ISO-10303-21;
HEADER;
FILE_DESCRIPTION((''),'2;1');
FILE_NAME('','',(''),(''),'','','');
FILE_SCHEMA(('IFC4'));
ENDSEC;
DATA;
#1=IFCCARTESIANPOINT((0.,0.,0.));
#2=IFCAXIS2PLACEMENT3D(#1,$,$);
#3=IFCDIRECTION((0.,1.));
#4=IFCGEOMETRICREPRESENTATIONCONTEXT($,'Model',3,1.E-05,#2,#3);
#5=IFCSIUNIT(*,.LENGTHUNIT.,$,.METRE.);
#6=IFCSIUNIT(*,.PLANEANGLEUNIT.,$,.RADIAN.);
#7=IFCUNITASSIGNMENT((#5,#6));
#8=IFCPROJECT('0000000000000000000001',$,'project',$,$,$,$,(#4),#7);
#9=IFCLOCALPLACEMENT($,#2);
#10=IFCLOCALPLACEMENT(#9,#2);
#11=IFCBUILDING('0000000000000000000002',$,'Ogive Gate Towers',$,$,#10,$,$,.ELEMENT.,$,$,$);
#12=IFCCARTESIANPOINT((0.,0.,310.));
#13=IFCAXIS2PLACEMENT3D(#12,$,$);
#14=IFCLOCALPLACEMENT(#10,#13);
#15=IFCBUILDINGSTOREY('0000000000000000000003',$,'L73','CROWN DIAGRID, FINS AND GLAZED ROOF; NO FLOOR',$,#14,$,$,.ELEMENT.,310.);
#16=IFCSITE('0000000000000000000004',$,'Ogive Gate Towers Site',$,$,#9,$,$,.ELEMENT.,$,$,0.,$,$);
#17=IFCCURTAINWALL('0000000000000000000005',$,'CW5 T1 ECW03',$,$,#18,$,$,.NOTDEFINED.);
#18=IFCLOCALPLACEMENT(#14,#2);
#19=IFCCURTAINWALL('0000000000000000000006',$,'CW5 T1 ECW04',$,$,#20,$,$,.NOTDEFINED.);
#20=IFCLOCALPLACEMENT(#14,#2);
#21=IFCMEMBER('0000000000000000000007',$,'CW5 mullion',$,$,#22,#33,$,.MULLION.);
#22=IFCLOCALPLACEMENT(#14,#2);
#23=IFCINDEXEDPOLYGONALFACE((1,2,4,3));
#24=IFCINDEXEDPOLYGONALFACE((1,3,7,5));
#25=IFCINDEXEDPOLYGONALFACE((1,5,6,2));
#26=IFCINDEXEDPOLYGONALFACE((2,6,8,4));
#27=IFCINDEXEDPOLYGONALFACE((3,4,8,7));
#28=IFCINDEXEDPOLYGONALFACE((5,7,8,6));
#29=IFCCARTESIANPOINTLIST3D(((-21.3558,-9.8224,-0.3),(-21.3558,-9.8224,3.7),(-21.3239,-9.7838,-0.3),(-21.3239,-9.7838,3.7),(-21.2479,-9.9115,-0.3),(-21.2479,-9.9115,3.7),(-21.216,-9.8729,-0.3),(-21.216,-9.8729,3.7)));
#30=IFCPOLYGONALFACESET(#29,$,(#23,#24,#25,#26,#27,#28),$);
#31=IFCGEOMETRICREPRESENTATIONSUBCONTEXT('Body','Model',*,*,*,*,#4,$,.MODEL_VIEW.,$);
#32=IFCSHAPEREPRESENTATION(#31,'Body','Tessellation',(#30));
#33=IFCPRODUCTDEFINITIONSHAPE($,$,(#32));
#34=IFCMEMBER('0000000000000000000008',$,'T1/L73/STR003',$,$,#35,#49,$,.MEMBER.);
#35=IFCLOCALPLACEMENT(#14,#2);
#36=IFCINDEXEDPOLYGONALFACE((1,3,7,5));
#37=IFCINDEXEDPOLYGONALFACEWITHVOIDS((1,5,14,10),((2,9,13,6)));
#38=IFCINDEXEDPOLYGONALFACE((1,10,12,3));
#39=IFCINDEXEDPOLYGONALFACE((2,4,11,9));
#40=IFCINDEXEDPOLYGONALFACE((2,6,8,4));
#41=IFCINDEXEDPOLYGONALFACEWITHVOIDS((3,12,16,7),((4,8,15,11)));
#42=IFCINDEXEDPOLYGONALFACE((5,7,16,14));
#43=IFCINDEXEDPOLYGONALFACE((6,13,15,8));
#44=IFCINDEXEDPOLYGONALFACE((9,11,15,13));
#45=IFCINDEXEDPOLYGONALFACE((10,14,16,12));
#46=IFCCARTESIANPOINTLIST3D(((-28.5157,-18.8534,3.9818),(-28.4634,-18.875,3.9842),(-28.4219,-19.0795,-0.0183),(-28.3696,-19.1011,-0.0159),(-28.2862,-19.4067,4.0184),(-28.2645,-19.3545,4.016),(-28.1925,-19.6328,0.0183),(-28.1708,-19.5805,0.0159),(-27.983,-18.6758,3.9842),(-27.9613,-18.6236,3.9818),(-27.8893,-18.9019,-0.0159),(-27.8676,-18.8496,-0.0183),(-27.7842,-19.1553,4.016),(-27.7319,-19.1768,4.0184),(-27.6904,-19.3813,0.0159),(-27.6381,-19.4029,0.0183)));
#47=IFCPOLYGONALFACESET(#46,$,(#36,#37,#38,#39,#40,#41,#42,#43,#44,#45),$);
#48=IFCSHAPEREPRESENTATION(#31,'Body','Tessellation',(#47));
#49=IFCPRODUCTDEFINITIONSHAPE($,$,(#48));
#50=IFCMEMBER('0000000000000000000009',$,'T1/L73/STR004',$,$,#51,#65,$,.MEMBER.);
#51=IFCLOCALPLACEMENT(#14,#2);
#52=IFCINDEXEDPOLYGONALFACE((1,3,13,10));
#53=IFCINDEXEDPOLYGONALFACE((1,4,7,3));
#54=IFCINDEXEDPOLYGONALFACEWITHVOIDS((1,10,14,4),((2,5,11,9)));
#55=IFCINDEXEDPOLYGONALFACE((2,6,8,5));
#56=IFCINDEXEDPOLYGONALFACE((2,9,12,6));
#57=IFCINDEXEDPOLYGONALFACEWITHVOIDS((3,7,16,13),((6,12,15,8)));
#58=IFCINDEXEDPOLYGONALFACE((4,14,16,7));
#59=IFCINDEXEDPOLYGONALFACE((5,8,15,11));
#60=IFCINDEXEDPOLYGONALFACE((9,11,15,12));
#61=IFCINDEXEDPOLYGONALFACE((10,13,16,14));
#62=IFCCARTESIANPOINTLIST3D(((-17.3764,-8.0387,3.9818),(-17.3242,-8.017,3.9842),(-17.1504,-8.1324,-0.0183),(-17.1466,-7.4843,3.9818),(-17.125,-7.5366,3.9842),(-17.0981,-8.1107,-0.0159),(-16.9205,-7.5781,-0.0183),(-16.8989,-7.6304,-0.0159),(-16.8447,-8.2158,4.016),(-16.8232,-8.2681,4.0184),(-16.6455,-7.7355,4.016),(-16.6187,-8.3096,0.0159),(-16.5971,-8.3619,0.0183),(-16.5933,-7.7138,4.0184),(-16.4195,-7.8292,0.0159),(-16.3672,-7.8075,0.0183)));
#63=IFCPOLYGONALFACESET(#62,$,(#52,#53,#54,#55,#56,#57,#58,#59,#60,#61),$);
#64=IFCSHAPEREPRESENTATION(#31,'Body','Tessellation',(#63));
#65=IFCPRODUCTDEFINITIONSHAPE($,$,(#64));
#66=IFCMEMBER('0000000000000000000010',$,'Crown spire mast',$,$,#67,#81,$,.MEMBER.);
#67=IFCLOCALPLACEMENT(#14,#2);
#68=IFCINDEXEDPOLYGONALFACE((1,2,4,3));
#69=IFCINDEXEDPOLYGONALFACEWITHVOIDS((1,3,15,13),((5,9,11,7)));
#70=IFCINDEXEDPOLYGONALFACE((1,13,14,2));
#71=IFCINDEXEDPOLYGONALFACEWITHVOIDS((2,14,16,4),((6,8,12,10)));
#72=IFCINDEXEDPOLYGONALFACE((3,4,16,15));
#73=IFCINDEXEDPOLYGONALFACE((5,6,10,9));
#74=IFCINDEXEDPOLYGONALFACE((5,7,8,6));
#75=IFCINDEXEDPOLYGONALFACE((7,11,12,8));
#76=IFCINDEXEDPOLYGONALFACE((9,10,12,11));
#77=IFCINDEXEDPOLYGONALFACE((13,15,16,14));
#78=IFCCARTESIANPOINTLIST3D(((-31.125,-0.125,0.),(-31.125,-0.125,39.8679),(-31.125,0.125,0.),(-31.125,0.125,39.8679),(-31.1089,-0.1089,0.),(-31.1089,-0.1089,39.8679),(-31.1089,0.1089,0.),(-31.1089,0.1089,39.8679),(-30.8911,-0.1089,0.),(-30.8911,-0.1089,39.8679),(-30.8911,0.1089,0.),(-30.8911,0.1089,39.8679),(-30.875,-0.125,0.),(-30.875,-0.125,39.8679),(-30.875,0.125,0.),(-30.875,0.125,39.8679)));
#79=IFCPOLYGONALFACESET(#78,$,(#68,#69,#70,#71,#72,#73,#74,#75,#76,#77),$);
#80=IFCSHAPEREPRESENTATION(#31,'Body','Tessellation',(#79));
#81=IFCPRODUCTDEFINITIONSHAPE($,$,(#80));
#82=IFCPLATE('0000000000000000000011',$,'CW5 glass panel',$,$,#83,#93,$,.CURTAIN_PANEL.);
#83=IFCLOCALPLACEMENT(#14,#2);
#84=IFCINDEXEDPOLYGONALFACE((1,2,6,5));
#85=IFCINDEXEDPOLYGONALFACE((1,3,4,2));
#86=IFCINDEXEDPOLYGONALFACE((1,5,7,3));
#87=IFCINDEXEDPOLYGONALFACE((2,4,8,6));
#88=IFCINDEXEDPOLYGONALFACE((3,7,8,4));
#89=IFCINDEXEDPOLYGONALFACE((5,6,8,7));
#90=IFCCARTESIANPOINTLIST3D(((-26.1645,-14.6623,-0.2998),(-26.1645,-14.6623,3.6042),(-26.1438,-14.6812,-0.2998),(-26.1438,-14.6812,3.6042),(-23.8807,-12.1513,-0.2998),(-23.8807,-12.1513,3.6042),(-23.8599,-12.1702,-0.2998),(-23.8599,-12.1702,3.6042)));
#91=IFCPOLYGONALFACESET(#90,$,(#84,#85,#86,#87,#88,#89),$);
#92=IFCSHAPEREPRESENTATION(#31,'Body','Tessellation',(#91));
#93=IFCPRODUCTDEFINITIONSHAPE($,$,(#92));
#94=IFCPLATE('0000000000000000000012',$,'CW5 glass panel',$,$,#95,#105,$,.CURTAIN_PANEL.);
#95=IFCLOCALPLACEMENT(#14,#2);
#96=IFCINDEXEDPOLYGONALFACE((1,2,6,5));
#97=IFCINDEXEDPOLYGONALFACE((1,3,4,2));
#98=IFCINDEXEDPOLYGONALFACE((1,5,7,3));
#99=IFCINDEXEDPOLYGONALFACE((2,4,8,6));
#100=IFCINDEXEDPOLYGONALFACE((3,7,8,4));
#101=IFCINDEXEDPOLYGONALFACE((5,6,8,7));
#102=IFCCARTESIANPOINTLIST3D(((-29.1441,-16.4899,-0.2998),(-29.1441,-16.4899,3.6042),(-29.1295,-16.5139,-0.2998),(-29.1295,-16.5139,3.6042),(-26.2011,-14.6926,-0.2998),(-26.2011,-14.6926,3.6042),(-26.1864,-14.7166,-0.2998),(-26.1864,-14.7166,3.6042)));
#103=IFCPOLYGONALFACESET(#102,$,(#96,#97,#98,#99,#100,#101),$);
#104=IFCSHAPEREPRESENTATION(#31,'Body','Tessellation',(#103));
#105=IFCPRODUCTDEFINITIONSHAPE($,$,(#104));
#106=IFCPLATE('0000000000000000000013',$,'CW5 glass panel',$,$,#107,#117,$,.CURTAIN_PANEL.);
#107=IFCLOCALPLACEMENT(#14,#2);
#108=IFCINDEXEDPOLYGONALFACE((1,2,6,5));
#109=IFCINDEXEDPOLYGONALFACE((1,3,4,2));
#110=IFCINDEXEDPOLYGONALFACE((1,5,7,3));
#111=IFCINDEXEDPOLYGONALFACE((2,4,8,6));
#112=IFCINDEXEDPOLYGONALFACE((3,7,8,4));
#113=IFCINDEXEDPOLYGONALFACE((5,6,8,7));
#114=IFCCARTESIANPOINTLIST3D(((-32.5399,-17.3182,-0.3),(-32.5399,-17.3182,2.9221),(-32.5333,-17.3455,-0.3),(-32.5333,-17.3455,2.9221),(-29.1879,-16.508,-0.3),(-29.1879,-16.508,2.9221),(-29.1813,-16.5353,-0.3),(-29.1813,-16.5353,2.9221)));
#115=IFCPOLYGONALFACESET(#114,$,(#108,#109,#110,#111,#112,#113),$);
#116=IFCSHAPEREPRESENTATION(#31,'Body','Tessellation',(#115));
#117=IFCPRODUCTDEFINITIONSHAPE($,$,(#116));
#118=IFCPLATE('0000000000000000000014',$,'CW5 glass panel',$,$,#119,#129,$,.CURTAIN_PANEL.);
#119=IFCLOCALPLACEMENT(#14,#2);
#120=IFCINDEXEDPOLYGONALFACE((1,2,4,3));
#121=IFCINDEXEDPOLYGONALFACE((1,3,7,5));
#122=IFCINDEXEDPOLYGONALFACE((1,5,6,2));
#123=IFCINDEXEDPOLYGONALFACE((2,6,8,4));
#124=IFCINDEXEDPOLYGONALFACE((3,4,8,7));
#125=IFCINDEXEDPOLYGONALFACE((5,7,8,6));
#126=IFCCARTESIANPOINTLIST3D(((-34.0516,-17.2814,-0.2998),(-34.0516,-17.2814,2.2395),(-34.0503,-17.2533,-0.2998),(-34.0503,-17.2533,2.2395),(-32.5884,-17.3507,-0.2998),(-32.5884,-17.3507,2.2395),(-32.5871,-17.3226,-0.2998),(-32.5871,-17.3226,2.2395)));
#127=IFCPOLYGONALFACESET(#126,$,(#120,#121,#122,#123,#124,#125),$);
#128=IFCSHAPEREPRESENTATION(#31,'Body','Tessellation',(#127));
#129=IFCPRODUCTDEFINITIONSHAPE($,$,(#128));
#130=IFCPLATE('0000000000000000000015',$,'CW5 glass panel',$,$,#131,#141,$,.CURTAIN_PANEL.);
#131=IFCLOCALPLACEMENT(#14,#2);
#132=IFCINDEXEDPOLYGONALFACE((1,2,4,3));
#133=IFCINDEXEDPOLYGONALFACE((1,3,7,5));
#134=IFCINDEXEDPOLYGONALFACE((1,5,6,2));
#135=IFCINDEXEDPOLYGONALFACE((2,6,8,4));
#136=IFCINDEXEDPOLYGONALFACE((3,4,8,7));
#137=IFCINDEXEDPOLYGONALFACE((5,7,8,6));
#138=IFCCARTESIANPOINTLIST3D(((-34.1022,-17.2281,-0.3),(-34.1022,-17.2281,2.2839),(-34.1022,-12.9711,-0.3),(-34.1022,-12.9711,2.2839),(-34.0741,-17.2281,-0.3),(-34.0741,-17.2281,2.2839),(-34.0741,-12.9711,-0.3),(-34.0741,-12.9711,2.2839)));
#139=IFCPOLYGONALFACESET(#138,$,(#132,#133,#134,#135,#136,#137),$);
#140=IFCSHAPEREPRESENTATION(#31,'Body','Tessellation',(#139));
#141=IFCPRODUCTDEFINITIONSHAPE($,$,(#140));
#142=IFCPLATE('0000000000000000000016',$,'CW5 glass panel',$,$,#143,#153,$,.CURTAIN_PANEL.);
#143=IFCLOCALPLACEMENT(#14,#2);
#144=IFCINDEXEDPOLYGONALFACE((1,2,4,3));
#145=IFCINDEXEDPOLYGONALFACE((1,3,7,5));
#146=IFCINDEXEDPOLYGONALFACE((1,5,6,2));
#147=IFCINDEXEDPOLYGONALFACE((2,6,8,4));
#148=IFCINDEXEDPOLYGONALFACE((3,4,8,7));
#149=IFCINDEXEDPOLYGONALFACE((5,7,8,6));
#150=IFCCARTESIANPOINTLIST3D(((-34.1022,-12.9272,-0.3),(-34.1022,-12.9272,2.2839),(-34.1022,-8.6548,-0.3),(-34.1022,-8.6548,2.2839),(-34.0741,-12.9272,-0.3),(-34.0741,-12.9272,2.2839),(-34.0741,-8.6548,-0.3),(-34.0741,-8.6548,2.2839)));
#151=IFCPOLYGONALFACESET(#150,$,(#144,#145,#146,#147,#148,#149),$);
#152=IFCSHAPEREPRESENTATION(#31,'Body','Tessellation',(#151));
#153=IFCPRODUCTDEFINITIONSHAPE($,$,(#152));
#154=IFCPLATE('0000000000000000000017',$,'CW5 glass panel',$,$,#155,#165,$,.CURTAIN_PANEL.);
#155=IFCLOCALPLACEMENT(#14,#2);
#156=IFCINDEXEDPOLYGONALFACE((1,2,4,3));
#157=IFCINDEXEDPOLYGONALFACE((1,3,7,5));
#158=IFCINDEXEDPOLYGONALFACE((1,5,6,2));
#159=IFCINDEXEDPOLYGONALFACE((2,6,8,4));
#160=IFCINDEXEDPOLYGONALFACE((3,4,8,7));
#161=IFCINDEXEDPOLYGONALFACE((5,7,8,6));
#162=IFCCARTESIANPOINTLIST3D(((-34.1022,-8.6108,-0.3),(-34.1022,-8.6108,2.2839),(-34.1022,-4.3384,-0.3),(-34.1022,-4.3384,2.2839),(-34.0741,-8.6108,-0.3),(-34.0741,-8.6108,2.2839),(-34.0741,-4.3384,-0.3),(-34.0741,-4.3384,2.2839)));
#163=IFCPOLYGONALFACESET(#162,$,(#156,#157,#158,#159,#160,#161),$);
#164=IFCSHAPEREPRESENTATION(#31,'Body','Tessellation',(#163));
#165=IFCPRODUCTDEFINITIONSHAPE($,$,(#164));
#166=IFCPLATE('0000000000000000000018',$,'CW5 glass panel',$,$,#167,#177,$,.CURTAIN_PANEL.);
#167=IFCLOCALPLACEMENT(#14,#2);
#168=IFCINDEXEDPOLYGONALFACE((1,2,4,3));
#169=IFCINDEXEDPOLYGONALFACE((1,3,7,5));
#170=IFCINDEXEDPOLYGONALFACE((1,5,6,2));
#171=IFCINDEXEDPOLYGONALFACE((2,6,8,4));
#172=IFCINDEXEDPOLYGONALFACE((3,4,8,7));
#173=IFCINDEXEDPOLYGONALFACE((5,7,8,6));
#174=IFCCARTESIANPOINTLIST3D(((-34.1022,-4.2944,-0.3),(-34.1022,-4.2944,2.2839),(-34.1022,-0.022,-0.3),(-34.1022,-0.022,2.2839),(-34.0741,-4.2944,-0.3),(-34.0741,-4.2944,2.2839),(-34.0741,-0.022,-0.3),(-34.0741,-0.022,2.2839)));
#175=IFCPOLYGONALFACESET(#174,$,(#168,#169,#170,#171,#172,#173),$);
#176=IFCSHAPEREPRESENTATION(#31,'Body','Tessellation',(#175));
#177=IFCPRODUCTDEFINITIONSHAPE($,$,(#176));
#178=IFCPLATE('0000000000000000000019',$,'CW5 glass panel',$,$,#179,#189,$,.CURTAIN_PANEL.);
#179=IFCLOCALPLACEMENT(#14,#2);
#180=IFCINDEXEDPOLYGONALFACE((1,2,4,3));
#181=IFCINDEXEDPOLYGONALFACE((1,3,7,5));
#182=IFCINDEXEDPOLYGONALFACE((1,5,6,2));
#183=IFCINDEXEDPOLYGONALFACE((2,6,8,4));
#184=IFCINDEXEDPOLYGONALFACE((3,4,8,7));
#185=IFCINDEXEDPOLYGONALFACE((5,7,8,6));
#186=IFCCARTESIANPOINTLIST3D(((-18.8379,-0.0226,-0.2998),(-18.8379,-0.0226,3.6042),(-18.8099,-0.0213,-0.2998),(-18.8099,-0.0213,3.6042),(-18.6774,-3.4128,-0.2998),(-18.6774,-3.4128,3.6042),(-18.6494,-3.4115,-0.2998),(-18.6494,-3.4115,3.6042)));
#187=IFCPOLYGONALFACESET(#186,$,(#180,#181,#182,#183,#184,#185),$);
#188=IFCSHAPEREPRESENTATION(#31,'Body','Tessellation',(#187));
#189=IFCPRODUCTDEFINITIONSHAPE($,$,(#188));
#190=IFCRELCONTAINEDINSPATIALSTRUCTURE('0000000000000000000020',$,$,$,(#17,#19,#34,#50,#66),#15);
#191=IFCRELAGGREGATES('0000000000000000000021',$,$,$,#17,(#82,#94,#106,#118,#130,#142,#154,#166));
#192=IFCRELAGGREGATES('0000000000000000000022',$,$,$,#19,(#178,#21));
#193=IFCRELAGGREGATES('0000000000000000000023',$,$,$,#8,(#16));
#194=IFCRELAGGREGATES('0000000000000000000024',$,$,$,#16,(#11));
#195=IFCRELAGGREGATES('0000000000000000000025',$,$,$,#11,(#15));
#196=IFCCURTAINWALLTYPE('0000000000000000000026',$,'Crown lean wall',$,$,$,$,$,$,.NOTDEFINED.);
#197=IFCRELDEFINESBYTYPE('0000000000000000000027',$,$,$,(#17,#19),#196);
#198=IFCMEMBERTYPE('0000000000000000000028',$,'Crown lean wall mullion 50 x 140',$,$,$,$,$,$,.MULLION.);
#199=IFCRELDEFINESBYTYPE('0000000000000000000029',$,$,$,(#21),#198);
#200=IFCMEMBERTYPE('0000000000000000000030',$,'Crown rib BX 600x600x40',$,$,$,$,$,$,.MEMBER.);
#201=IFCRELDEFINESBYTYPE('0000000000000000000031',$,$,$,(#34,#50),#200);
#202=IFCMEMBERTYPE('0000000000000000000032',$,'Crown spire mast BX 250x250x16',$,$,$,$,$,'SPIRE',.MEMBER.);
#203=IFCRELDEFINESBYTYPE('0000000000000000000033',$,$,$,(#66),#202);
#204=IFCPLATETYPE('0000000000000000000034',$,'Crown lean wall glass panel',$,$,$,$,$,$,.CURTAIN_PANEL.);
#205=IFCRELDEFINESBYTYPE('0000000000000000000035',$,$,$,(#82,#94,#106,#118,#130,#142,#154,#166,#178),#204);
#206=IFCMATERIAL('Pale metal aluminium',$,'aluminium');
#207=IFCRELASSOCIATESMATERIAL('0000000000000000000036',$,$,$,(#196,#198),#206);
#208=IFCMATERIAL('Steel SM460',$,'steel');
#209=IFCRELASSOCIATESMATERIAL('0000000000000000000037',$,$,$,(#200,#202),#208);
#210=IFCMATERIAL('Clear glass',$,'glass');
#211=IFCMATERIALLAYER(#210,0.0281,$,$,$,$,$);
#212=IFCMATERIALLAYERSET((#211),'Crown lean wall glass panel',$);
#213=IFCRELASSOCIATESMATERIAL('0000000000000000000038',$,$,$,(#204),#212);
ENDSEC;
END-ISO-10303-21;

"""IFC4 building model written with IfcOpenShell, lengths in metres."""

from ifc_helpers import new_model, si_unit, direction, frame, origin, origin_2d, place, context, subcontext, project, spatial, rectangle, hollow_rectangle, extrude, material, layer, layer_set, material_profile, profile_set, type_object, element, aggregate, save


model = new_model("IFC4")

# Units and contexts
model_context = context("Model", 3, precision=1e-05, world=origin(), true_north=direction((0.0, 1.0)))
body_context = subcontext(model_context, "Body", "Model", "MODEL_VIEW")
ifc_project = project(units=[si_unit("LENGTHUNIT", "METRE"), si_unit("PLANEANGLEUNIT", "RADIAN")], contexts=[model_context])

# Site, building, storey
site_placement = place(None, origin())
site = spatial("IfcSite", under=ifc_project, at=site_placement, Name="Ogive Gate Towers Site", CompositionType="ELEMENT", RefElevation=0.0)
building_placement = place(site_placement, origin())
building = spatial("IfcBuilding", under=site, at=building_placement, Name="Ogive Gate Towers", CompositionType="ELEMENT")
storey_placement = place(building_placement, frame((0.0, 0.0, 310.0)))
storey = spatial("IfcBuildingStorey", under=building, at=storey_placement, Name="L73", Description="CROWN DIAGRID, FINS AND GLAZED ROOF; NO FLOOR", CompositionType="ELEMENT", Elevation=310.0)

# Shared definitions
ifc_material_1 = material(Name="Steel SM460", Category="steel")

# Shared definitions
ifc_material_2 = material(Name="Pale metal aluminium", Category="aluminium")
curtain_wall_type = type_object("IfcCurtainWallType", Name="Crown lean wall", PredefinedType="NOTDEFINED", material=ifc_material_2)
ifc_material_profile_1 = material_profile(ifc_material_2, rectangle(XDim=0.1399, YDim=0.05, at=origin_2d()), Name="50 x 140 aluminium box")
ifc_profile_set_1 = profile_set([ifc_material_profile_1], Name="Pale metal aluminium")
member_type_1 = type_object("IfcMemberType", Name="Crown lean wall mullion 50 x 140", PredefinedType="MULLION", material=ifc_profile_set_1)

# Curtain walls, member
curtain_wall_1_placement = place(storey_placement, origin())
curtain_wall_1 = element("IfcCurtainWall", 1, at=curtain_wall_1_placement, inside=storey, type_object=curtain_wall_type, Name="CW5 T1 ECW03", PredefinedType="NOTDEFINED")
curtain_wall_2_placement = place(storey_placement, origin())
curtain_wall_2 = element("IfcCurtainWall", 2, at=curtain_wall_2_placement, inside=storey, type_object=curtain_wall_type, Name="CW5 T1 ECW04", PredefinedType="NOTDEFINED")
member_1_placement = place(storey_placement, frame((-21.2859, -9.8477, -0.3), z_axis=(0.0, 0.0, 1.0), x_axis=(-0.770936, 0.636913, 0.0)))
member_1 = element("IfcMember", 3, at=member_1_placement, type_object=member_type_1, Name="CW5 mullion", PredefinedType="MULLION", context=body_context, shape_type="SweptSolid", body=[
    extrude(rectangle(XDim=0.1399, YDim=0.05, at=origin_2d()), origin(), (0.0, 0.0, 1.0), 4.0),
])

# Members
ifc_material_profile_2 = material_profile(ifc_material_1, hollow_rectangle(XDim=0.6001, YDim=0.6001, WallThickness=0.04, at=origin_2d()), Name="BX 600x600x40")
ifc_profile_set_2 = profile_set([ifc_material_profile_2], Name="Steel SM460")
member_type_2 = type_object("IfcMemberType", Name="Crown rib BX 600x600x40", PredefinedType="MEMBER", material=ifc_profile_set_2)
for number, where, z_axis, x_axis, name in (
    (4, (-28.03, -19.2412, 0.0), (-0.023394, 0.056413, 0.998133), (-0.923725, -0.383057, 0.0), "T1/L73/STR003"),
    (5, (-16.7588, -7.97, 0.0), (-0.056413, 0.023394, 0.998133), (-0.383057, -0.923725, 0.0), "T1/L73/STR004"),
):
    element("IfcMember", number, at=place(storey_placement, frame(where, z_axis=z_axis, x_axis=x_axis)), inside=storey, type_object=member_type_2, Name=name, PredefinedType="MEMBER", context=body_context, shape_type="SweptSolid", body=[
        extrude(hollow_rectangle(XDim=0.6001, YDim=0.6001, WallThickness=0.04, at=origin_2d()), origin(), (0.0, 0.0, 1.0), 4.0076),
    ])
ifc_material_profile_3 = material_profile(ifc_material_1, hollow_rectangle(XDim=0.25, YDim=0.25, WallThickness=0.0161, at=origin_2d()), Name="BX 250x250x16")
ifc_profile_set_3 = profile_set([ifc_material_profile_3], Name="Steel SM460")
member_type_3 = type_object("IfcMemberType", Name="Crown spire mast BX 250x250x16", ElementType="SPIRE", PredefinedType="MEMBER", material=ifc_profile_set_3)
member_2_placement = place(storey_placement, frame((-31.0, 0.0, 0.0), z_axis=(0.0, 0.0, 1.0), x_axis=(1.0, 0.0, 0.0)))
element("IfcMember", 6, at=member_2_placement, inside=storey, type_object=member_type_3, Name="Crown spire mast", PredefinedType="MEMBER", context=body_context, shape_type="SweptSolid", body=[
    extrude(hollow_rectangle(XDim=0.25, YDim=0.25, WallThickness=0.0161, at=origin_2d()), origin(), (0.0, 0.0, 1.0), 39.8679),
])

# Plates
ifc_material_3 = material(Name="Clear glass", Category="glass")
ifc_layer_1 = layer(ifc_material_3, 0.0281)
ifc_layer_set_1 = layer_set([ifc_layer_1], Name="Crown lean wall glass panel")
plate_type = type_object("IfcPlateType", Name="Crown lean wall glass panel", PredefinedType="CURTAIN_PANEL", material=ifc_layer_set_1)
plate_1_placement = place(storey_placement, frame((-25.0122, -13.4163, -0.2998), z_axis=(0.0, 0.0, 1.0), x_axis=(-0.672858, -0.739772, 0.0)))
plate_1 = element("IfcPlate", 7, at=plate_1_placement, type_object=plate_type, Name="CW5 glass panel", PredefinedType="CURTAIN_PANEL", context=body_context, shape_type="SweptSolid", body=[
    extrude(rectangle(XDim=3.3943, YDim=0.0281, at=origin_2d()), origin(), (0.0, 0.0, 1.0), 3.9041),
])
plate_2_placement = place(storey_placement, frame((-27.6653, -15.6033, -0.2998), z_axis=(0.0, 0.0, 1.0), x_axis=(-0.853442, -0.521188, 0.0)))
plate_2 = element("IfcPlate", 8, at=plate_2_placement, type_object=plate_type, Name="CW5 glass panel", PredefinedType="CURTAIN_PANEL", context=body_context, shape_type="SweptSolid", body=[
    extrude(rectangle(XDim=3.4485, YDim=0.0281, at=origin_2d()), origin(), (0.0, 0.0, 1.0), 3.9041),
])
plate_3_placement = place(storey_placement, frame((-30.8606, -16.9268, -0.3), z_axis=(0.0, 0.0, 1.0), x_axis=(-0.97201, -0.234939, 0.0)))
plate_3 = element("IfcPlate", 9, at=plate_3_placement, type_object=plate_type, Name="CW5 glass panel", PredefinedType="CURTAIN_PANEL", context=body_context, shape_type="SweptSolid", body=[
    extrude(rectangle(XDim=3.4485, YDim=0.0281, at=origin_2d()), origin(), (0.0, 0.0, 1.0), 3.2222),
])
plate_4_placement = place(storey_placement, frame((-33.3193, -17.302, -0.2998), z_axis=(0.0, 0.0, 1.0), x_axis=(-0.99888, 0.047316, 0.0)))
plate_4 = element("IfcPlate", 10, at=plate_4_placement, type_object=plate_type, Name="CW5 glass panel", PredefinedType="CURTAIN_PANEL", context=body_context, shape_type="SweptSolid", body=[
    extrude(rectangle(XDim=1.4648, YDim=0.0281, at=origin_2d()), origin(), (0.0, 0.0, 1.0), 2.5393),
])
plate_5_placement = place(storey_placement, frame((-34.0881, -15.0996, -0.3), z_axis=(0.0, 0.0, 1.0), x_axis=(0.0, 1.0, 0.0)))
plate_5 = element("IfcPlate", 11, at=plate_5_placement, type_object=plate_type, Name="CW5 glass panel", PredefinedType="CURTAIN_PANEL", context=body_context, shape_type="SweptSolid", body=[
    extrude(rectangle(XDim=4.2571, YDim=0.0281, at=origin_2d()), origin(), (0.0, 0.0, 1.0), 2.584),
])
plate_6_placement = place(storey_placement, frame((-34.0881, -10.791, -0.3), z_axis=(0.0, 0.0, 1.0), x_axis=(0.0, 1.0, 0.0)))
plate_6 = element("IfcPlate", 12, at=plate_6_placement, type_object=plate_type, Name="CW5 glass panel", PredefinedType="CURTAIN_PANEL", context=body_context, shape_type="SweptSolid", body=[
    extrude(rectangle(XDim=4.2725, YDim=0.0281, at=origin_2d()), origin(), (0.0, 0.0, 1.0), 2.584),
])
plate_7_placement = place(storey_placement, frame((-34.0881, -6.4746, -0.3), z_axis=(0.0, 0.0, 1.0), x_axis=(0.0, 1.0, 0.0)))
plate_7 = element("IfcPlate", 13, at=plate_7_placement, type_object=plate_type, Name="CW5 glass panel", PredefinedType="CURTAIN_PANEL", context=body_context, shape_type="SweptSolid", body=[
    extrude(rectangle(XDim=4.2725, YDim=0.0281, at=origin_2d()), origin(), (0.0, 0.0, 1.0), 2.584),
])
plate_8_placement = place(storey_placement, frame((-34.0881, -2.1582, -0.3), z_axis=(0.0, 0.0, 1.0), x_axis=(0.0, 1.0, 0.0)))
plate_8 = element("IfcPlate", 14, at=plate_8_placement, type_object=plate_type, Name="CW5 glass panel", PredefinedType="CURTAIN_PANEL", context=body_context, shape_type="SweptSolid", body=[
    extrude(rectangle(XDim=4.2725, YDim=0.0281, at=origin_2d()), origin(), (0.0, 0.0, 1.0), 2.584),
])
aggregate(curtain_wall_1, [plate_1, plate_2, plate_3, plate_4, plate_5, plate_6, plate_7, plate_8])
plate_9_placement = place(storey_placement, frame((-18.7437, -1.717, -0.2998), z_axis=(0.0, 0.0, 1.0), x_axis=(0.047298, -0.998881, 0.0)))
plate_9 = element("IfcPlate", 15, at=plate_9_placement, type_object=plate_type, Name="CW5 glass panel", PredefinedType="CURTAIN_PANEL", context=body_context, shape_type="SweptSolid", body=[
    extrude(rectangle(XDim=3.394, YDim=0.0281, at=origin_2d()), origin(), (0.0, 0.0, 1.0), 3.9041),
])
aggregate(curtain_wall_2, [plate_9, member_1])

save(model, "model.ifc")
